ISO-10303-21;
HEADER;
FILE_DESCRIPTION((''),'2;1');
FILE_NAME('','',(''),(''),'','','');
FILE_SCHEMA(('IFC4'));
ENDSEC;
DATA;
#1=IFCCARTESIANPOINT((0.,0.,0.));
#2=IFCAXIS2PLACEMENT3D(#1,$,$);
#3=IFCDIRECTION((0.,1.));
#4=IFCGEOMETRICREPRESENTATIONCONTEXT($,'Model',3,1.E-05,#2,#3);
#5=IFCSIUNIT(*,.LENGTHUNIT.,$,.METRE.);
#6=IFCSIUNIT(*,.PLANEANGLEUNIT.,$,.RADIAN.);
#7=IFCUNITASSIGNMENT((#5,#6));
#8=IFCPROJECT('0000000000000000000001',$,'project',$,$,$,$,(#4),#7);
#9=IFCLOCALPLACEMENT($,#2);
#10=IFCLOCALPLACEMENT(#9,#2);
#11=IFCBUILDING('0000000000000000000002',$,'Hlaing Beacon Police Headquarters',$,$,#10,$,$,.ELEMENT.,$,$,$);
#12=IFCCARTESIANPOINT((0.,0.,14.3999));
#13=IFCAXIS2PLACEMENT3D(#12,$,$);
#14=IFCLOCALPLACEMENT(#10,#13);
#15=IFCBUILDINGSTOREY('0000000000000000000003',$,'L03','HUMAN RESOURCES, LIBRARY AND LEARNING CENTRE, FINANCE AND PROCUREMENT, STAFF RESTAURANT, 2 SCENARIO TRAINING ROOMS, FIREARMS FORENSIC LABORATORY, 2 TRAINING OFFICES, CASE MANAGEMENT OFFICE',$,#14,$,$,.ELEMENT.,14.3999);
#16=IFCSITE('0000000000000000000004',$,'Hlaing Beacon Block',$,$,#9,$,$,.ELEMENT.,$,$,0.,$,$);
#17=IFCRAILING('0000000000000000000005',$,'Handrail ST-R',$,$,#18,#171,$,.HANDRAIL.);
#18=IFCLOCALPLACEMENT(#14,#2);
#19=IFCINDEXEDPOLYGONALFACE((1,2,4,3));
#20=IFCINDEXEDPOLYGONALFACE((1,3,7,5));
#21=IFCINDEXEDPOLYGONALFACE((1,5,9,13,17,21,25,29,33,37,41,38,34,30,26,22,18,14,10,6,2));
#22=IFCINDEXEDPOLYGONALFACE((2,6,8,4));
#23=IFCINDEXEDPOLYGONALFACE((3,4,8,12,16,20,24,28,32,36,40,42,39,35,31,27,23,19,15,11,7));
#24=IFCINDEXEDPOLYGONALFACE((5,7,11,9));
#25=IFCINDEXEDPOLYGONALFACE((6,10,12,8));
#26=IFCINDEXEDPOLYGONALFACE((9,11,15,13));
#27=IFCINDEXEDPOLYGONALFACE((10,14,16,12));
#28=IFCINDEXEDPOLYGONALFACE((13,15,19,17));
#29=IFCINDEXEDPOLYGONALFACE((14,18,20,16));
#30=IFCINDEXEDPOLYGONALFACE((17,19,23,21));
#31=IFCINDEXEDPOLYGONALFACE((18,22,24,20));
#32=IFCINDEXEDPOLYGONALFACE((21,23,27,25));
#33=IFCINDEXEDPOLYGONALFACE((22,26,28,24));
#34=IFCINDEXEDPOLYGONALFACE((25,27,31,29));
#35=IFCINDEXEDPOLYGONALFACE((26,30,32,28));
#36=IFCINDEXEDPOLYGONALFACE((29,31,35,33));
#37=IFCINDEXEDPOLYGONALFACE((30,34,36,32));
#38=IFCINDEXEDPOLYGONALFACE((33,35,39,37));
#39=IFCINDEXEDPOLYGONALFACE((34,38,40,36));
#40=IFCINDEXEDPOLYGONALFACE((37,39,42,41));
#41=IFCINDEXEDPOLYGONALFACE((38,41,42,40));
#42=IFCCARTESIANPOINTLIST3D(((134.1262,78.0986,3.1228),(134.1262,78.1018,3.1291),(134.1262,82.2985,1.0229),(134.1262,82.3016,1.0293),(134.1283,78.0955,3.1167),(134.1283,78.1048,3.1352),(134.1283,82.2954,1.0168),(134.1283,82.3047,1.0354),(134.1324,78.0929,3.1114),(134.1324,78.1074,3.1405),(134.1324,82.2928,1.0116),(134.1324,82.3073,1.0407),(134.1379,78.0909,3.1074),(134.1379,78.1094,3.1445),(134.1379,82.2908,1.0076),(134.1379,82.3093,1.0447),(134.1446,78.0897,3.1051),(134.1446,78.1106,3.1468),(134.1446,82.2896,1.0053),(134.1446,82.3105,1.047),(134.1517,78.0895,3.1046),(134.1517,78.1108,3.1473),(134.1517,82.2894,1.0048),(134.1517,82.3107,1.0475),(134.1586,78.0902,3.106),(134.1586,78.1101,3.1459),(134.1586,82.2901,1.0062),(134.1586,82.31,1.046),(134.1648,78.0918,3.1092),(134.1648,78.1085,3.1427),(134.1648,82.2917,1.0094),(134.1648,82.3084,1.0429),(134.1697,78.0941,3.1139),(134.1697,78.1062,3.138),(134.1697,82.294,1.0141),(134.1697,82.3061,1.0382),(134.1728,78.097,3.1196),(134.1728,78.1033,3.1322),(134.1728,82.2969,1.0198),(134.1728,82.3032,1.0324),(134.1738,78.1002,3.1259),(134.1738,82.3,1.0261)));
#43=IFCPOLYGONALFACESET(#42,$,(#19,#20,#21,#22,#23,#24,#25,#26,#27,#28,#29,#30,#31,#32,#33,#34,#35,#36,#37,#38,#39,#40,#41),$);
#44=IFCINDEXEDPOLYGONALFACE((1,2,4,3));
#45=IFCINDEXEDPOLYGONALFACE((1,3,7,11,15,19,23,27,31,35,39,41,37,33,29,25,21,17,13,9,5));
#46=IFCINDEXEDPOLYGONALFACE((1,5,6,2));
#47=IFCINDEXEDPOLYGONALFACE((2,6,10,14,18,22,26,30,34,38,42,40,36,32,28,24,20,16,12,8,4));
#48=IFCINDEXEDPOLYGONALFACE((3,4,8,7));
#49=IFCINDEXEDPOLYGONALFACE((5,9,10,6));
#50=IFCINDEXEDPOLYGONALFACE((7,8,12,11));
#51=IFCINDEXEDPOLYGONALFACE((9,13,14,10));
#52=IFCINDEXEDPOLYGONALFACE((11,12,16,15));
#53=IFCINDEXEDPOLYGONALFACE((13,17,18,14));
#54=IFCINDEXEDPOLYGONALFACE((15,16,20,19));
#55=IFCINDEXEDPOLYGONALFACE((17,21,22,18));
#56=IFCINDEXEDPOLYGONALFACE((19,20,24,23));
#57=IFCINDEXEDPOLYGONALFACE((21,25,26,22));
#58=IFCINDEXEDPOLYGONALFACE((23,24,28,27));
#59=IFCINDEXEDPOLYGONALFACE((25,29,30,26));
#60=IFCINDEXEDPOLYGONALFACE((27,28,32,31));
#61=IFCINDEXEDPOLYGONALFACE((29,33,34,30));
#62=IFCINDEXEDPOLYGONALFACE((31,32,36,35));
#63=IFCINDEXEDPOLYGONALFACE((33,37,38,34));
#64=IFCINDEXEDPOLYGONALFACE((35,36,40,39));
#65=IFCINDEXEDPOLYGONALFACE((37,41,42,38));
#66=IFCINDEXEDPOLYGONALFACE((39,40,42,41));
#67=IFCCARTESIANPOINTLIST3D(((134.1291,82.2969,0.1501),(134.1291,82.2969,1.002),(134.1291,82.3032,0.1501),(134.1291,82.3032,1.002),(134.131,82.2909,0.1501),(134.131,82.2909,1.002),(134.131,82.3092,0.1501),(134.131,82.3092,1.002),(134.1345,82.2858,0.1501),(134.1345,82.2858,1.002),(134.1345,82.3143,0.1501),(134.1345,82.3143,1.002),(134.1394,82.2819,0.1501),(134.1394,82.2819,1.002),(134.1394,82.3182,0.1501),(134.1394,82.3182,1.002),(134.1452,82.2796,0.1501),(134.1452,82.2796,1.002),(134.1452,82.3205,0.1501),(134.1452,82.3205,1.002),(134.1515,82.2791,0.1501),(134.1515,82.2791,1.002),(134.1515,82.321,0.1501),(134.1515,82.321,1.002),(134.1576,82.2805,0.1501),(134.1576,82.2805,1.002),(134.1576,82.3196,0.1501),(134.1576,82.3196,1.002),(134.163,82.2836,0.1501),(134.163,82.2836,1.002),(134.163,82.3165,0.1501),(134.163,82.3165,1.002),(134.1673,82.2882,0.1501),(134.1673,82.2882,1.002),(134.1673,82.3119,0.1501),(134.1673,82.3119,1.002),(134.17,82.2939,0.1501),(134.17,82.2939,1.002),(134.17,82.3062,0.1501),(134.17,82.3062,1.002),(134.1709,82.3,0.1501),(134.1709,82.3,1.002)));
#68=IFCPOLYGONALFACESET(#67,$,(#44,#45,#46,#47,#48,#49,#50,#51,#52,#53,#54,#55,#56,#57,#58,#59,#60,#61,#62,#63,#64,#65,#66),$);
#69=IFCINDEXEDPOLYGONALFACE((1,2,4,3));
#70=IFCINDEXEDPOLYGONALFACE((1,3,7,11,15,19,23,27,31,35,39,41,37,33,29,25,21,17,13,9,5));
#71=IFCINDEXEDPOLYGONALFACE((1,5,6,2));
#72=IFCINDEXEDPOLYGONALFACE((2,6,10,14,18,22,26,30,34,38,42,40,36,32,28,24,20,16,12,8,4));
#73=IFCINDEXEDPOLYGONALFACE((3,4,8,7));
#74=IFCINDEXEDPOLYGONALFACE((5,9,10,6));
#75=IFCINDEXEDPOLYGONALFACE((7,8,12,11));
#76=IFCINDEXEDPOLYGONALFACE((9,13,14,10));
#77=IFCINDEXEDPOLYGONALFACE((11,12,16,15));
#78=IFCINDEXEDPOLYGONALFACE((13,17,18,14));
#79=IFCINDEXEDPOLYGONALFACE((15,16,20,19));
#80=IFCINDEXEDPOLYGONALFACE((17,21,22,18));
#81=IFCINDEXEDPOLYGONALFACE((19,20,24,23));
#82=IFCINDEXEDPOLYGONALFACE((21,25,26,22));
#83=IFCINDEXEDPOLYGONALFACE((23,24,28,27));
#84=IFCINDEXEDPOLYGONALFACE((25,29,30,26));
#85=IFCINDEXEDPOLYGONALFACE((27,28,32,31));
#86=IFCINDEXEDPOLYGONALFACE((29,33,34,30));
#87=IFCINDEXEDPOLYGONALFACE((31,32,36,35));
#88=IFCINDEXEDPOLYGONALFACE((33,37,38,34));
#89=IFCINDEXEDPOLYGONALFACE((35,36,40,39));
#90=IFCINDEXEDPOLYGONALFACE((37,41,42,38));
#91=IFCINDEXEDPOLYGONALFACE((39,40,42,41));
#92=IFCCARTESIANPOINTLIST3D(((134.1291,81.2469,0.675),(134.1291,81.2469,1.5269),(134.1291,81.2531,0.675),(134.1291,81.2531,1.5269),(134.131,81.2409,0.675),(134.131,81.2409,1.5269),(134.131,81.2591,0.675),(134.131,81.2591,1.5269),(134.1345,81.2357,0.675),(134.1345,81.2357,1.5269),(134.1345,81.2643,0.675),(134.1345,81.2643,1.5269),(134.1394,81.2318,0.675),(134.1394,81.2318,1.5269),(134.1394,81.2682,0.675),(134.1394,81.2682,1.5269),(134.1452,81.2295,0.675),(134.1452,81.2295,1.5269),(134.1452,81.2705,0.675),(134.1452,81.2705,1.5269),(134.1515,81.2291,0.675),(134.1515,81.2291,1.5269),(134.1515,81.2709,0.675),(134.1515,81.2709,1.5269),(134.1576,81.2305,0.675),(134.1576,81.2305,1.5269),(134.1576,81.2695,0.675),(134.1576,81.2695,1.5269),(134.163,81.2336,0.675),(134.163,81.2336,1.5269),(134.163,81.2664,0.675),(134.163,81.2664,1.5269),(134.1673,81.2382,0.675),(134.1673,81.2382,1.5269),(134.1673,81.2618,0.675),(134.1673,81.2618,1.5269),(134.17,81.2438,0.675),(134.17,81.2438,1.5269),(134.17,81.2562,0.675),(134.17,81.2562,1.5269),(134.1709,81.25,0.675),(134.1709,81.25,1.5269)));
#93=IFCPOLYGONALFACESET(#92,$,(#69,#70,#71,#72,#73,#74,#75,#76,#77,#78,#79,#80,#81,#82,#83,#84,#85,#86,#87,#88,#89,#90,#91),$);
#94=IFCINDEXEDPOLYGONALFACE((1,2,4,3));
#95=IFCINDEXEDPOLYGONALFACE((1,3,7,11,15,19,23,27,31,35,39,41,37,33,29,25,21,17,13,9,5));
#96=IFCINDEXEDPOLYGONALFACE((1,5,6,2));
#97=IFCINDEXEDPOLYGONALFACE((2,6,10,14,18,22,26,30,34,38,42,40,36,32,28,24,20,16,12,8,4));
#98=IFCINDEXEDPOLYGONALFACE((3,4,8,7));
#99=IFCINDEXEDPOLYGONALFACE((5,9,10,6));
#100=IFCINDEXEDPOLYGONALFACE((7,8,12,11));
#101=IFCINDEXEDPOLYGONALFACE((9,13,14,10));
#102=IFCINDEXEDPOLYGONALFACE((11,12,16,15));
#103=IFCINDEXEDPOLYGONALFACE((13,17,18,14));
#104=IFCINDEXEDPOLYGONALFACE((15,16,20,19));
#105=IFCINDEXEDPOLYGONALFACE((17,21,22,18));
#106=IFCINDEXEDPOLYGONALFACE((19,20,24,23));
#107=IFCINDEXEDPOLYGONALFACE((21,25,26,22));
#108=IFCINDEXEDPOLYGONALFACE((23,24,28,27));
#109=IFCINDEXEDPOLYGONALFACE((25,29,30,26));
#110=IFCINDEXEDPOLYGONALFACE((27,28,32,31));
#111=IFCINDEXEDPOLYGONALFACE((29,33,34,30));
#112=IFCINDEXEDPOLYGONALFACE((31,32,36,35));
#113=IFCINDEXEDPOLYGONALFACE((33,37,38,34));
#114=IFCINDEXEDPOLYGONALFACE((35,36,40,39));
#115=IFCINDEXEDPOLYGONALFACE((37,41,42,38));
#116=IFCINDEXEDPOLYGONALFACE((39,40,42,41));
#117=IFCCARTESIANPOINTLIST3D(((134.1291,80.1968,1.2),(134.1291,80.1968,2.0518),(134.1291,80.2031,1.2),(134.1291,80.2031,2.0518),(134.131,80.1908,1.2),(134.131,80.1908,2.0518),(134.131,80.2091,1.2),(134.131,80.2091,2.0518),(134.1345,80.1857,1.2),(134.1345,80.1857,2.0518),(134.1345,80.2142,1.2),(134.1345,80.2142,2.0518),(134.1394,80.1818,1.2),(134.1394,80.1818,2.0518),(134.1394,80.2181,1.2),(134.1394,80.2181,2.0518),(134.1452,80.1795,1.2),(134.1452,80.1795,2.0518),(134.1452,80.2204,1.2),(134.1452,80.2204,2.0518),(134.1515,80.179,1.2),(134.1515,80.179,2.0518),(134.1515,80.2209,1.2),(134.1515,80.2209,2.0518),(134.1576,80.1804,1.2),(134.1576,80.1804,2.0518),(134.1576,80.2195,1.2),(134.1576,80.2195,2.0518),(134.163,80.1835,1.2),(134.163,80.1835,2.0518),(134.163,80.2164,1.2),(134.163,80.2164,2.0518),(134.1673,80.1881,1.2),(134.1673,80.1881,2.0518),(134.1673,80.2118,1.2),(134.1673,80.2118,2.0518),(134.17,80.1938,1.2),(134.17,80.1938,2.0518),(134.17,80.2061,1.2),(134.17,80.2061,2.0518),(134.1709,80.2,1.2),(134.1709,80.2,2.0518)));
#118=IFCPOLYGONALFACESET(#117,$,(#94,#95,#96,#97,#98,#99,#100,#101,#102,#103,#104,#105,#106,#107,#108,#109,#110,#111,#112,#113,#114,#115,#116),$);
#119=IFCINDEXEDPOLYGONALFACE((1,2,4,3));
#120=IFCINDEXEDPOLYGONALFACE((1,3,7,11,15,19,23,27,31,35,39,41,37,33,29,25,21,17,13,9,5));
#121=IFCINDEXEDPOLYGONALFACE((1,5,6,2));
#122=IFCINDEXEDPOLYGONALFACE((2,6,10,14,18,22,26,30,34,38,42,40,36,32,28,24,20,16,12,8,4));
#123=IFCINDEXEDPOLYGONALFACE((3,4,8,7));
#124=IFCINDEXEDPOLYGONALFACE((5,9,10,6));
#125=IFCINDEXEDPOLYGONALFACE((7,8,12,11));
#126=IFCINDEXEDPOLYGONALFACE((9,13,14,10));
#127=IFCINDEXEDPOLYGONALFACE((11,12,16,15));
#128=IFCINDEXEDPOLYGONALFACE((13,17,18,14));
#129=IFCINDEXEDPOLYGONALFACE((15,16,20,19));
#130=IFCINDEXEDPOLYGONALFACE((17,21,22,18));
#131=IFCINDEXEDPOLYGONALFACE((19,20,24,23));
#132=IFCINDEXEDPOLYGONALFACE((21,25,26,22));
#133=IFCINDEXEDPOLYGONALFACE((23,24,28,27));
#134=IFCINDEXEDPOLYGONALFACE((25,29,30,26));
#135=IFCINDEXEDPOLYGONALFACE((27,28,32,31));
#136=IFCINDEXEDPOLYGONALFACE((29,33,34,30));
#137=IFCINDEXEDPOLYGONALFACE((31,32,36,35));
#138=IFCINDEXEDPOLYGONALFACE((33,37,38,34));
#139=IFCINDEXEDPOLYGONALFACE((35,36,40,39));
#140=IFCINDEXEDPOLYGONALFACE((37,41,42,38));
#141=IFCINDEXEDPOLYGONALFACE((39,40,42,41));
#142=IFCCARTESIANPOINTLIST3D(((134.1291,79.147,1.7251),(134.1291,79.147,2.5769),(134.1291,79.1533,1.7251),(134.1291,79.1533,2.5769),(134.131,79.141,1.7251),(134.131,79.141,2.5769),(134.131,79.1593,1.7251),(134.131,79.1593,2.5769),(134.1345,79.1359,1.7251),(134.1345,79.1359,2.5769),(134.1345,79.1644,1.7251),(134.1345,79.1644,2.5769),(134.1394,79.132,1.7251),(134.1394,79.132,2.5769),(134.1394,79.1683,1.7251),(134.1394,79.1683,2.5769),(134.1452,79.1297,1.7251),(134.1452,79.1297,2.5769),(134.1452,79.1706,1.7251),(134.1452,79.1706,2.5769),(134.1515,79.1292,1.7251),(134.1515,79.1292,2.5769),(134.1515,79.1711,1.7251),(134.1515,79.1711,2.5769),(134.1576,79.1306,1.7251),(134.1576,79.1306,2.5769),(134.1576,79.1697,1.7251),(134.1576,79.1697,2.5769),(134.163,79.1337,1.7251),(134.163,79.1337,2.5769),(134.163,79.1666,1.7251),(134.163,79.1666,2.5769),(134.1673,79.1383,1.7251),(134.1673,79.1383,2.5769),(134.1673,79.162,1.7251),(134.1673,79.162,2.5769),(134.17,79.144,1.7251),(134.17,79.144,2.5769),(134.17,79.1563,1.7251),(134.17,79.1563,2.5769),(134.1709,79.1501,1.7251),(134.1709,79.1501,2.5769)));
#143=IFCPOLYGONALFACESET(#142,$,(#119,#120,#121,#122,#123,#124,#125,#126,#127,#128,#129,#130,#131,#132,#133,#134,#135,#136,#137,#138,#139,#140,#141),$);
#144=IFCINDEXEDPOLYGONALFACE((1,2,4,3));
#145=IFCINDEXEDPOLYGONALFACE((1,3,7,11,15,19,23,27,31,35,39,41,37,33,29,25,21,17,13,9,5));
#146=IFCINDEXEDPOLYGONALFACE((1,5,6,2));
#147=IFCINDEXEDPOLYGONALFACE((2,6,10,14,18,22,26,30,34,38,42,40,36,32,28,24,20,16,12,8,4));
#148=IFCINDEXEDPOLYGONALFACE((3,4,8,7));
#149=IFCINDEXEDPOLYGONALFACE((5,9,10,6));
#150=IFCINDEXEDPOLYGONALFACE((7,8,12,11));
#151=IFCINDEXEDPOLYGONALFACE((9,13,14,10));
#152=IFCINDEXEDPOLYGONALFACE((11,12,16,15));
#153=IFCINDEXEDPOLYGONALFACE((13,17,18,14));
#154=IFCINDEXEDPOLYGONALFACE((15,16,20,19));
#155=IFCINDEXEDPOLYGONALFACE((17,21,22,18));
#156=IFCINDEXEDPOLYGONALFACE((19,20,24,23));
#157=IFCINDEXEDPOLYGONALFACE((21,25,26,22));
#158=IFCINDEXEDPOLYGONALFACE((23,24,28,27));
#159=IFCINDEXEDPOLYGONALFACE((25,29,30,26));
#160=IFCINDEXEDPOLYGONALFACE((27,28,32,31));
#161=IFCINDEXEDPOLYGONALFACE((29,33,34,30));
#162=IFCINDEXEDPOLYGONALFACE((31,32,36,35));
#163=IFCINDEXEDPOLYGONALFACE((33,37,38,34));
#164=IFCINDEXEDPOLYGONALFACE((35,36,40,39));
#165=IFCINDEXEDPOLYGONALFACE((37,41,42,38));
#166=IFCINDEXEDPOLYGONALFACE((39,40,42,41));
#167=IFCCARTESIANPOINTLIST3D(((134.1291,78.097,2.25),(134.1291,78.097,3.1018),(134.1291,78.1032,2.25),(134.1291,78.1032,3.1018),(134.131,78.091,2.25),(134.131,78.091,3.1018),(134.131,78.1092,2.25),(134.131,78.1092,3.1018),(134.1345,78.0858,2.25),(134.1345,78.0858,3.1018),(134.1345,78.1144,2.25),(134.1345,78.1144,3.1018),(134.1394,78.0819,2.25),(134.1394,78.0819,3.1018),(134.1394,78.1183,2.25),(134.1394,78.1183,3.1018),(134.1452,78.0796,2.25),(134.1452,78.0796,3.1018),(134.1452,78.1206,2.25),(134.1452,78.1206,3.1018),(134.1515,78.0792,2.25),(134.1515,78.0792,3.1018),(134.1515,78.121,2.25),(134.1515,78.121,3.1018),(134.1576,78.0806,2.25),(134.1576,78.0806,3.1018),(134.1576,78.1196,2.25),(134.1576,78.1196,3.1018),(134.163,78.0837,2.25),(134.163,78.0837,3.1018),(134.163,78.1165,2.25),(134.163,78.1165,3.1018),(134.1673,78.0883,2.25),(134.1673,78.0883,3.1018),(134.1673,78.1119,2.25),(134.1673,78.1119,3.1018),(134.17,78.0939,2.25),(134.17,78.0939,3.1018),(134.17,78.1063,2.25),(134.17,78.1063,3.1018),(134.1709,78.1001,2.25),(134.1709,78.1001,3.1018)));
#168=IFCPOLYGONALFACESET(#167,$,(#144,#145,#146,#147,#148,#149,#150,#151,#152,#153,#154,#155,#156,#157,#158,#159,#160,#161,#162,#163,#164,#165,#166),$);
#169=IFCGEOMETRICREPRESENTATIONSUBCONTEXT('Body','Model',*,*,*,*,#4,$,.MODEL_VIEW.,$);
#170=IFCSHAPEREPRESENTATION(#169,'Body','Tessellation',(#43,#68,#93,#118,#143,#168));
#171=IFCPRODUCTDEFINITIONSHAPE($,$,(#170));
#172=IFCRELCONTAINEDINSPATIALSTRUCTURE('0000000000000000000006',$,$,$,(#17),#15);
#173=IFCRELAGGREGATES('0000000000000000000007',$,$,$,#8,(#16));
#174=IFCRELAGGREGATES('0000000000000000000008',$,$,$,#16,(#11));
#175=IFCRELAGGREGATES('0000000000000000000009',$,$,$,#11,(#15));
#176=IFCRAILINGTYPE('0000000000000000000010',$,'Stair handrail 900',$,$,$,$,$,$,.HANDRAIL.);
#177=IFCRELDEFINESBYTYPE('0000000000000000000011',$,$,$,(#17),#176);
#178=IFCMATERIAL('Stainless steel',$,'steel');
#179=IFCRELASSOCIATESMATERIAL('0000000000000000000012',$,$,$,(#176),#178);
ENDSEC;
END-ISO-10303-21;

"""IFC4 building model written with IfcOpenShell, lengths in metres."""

from ifc_helpers import new_model, si_unit, direction, frame, origin, origin_2d, place, context, subcontext, project, spatial, circle, extrude, material, type_object, element, save


model = new_model("IFC4")

# Units and contexts
model_context = context("Model", 3, precision=1e-05, world=origin(), true_north=direction((0.0, 1.0)))
body_context = subcontext(model_context, "Body", "Model", "MODEL_VIEW")
ifc_project = project(units=[si_unit("LENGTHUNIT", "METRE"), si_unit("PLANEANGLEUNIT", "RADIAN")], contexts=[model_context])

# Site, building, storey
site_placement = place(None, origin())
site = spatial("IfcSite", under=ifc_project, at=site_placement, Name="Hlaing Beacon Block", CompositionType="ELEMENT", RefElevation=0.0)
building_placement = place(site_placement, origin())
building = spatial("IfcBuilding", under=site, at=building_placement, Name="Hlaing Beacon Police Headquarters", CompositionType="ELEMENT")
storey_placement = place(building_placement, frame((0.0, 0.0, 14.3999)))
storey = spatial("IfcBuildingStorey", under=building, at=storey_placement, Name="L03", Description="HUMAN RESOURCES, LIBRARY AND LEARNING CENTRE, FINANCE AND PROCUREMENT, STAFF RESTAURANT, 2 SCENARIO TRAINING ROOMS, FIREARMS FORENSIC LABORATORY, 2 TRAINING OFFICES, CASE MANAGEMENT OFFICE", CompositionType="ELEMENT", Elevation=14.3999)

# Railing
ifc_material_1 = material(Name="Stainless steel", Category="steel")
railing_type_1 = type_object("IfcRailingType", Name="Stair handrail 900", PredefinedType="HANDRAIL", material=ifc_material_1)
for number, where, name in (
    (1, (134.1499, 82.3, 0.1501), "Handrail ST-R"),
):
    element("IfcRailing", number, at=place(storey_placement, frame(where)), inside=storey, type_object=railing_type_1, Name=name, PredefinedType="HANDRAIL", context=body_context, shape_type="SweptSolid", body=[
        extrude(circle(Radius=0.0239, at=origin_2d()), frame((0.0, 0.0, 0.876), z_axis=(0.0, -0.894438, 0.447193), x_axis=(1.0, 0.0, 0.0)), (0.0, 0.0, 1.0), 4.6956),
        extrude(circle(Radius=0.021, at=origin_2d()), origin(), (0.0, 0.0, 1.0), 0.8518),
        extrude(circle(Radius=0.021, at=origin_2d()), frame((0.0, -1.05, 0.5249)), (0.0, 0.0, 1.0), 0.8518),
        extrude(circle(Radius=0.021, at=origin_2d()), frame((0.0, -2.1001, 1.0498)), (0.0, 0.0, 1.0), 0.8518),
        extrude(circle(Radius=0.021, at=origin_2d()), frame((0.0, -3.1499, 1.575)), (0.0, 0.0, 1.0), 0.8518),
        extrude(circle(Radius=0.021, at=origin_2d()), frame((0.0, -4.2, 2.0999)), (0.0, 0.0, 1.0), 0.8518),
    ])

save(model, "model.ifc")
